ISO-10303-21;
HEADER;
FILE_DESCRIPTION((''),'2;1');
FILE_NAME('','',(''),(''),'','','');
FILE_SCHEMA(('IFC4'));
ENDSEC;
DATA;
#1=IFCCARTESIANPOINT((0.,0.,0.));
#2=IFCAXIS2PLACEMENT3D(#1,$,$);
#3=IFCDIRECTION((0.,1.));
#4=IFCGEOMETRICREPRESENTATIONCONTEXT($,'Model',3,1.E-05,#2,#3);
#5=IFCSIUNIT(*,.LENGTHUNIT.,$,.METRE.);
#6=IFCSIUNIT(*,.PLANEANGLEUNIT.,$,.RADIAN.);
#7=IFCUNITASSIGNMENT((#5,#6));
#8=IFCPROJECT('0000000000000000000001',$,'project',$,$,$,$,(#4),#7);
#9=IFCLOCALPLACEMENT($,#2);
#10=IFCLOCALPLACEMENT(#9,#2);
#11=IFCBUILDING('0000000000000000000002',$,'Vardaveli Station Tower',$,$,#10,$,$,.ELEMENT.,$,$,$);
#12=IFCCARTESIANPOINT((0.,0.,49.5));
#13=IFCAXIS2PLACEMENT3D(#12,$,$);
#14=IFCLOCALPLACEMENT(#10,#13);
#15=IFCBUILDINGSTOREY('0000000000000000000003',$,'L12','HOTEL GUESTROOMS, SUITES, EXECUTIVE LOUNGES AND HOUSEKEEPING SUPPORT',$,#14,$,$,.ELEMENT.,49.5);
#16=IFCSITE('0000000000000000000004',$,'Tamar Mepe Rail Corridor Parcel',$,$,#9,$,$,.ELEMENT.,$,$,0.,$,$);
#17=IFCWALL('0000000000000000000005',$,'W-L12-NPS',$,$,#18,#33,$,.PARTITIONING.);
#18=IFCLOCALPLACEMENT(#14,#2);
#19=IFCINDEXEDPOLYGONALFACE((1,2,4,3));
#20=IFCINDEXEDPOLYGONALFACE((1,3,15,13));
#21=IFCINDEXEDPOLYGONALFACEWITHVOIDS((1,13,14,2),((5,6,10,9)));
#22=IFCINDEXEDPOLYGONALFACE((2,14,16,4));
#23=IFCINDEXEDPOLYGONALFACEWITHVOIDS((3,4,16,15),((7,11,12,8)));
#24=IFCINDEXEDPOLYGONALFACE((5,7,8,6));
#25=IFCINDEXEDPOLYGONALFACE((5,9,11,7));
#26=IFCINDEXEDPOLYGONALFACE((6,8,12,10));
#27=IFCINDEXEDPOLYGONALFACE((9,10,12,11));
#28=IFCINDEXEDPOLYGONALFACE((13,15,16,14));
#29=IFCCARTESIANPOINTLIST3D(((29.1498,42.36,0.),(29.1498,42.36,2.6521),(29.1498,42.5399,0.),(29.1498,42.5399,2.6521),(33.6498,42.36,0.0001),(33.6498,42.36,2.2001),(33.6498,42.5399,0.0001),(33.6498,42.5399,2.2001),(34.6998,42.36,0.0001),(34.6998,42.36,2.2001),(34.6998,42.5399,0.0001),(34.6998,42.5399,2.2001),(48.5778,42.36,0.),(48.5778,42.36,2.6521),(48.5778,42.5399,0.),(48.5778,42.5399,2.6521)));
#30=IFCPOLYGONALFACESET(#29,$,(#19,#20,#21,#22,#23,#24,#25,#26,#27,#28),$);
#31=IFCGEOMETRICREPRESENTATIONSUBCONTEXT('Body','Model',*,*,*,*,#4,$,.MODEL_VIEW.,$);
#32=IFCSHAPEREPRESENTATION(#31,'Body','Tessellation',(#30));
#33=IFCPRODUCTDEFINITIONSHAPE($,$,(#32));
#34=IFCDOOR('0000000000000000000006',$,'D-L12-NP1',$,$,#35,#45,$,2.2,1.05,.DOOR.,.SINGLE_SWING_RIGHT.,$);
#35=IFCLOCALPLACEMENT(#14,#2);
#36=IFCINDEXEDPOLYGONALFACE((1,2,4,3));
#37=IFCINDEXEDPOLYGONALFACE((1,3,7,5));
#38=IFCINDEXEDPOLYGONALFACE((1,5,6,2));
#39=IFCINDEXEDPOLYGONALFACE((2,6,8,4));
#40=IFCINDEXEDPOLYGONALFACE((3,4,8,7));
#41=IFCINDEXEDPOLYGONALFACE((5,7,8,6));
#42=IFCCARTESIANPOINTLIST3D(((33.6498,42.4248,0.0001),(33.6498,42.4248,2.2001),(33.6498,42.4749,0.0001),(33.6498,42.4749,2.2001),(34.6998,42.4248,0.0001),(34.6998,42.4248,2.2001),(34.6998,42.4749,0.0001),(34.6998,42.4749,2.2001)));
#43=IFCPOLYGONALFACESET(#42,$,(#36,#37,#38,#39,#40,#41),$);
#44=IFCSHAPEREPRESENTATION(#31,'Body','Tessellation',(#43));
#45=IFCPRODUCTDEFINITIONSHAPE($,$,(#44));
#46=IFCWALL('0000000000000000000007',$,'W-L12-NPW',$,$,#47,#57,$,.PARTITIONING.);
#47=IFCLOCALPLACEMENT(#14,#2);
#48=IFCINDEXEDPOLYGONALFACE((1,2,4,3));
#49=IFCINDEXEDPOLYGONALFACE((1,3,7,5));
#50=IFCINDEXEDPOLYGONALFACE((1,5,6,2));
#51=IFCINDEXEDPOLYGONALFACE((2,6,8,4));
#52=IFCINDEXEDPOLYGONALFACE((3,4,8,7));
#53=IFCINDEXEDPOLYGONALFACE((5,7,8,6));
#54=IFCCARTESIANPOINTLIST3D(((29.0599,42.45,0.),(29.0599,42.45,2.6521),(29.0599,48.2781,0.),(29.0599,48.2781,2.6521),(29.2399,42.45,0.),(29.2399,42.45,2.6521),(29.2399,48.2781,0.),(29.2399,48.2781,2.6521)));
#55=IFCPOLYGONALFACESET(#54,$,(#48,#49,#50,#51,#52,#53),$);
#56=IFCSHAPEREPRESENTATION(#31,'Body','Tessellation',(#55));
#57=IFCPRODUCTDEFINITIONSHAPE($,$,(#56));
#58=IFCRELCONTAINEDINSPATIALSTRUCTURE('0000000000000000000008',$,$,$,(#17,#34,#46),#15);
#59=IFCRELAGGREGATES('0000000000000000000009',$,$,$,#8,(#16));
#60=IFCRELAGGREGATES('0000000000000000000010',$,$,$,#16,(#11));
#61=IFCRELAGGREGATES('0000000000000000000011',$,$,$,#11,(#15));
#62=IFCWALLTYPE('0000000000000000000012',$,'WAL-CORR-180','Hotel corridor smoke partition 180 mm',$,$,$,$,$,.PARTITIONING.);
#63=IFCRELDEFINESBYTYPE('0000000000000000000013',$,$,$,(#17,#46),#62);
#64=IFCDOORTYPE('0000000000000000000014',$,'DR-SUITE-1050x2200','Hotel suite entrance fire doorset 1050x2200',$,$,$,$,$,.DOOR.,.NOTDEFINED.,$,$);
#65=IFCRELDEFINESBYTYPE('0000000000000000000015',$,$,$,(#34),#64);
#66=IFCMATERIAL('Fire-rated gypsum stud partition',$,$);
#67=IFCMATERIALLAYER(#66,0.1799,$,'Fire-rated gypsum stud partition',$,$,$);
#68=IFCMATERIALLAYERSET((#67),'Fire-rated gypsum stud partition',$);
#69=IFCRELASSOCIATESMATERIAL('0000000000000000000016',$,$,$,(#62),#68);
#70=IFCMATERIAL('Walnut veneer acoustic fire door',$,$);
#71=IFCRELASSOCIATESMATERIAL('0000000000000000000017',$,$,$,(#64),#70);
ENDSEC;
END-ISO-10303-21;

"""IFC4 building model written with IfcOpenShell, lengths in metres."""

from ifc_helpers import new_model, si_unit, direction, frame, frame_2d, origin, place, context, subcontext, project, spatial, rectangle, extrude, source, transform, mapped, material, layer, layer_set, type_object, element, fill, save


model = new_model("IFC4")

# Units and contexts
model_context = context("Model", 3, precision=1e-05, world=origin(), true_north=direction((0.0, 1.0)))
body_context = subcontext(model_context, "Body", "Model", "MODEL_VIEW")
ifc_project = project(units=[si_unit("LENGTHUNIT", "METRE"), si_unit("PLANEANGLEUNIT", "RADIAN")], contexts=[model_context])

# Site, building, storey
site_placement = place(None, origin())
site = spatial("IfcSite", under=ifc_project, at=site_placement, Name="Tamar Mepe Rail Corridor Parcel", CompositionType="ELEMENT", RefElevation=0.0)
building_placement = place(site_placement, origin())
building = spatial("IfcBuilding", under=site, at=building_placement, Name="Vardaveli Station Tower", CompositionType="ELEMENT")
storey_placement = place(building_placement, frame((0.0, 0.0, 49.5)))
storey = spatial("IfcBuildingStorey", under=building, at=storey_placement, Name="L12", Description="HOTEL GUESTROOMS, SUITES, EXECUTIVE LOUNGES AND HOUSEKEEPING SUPPORT", CompositionType="ELEMENT", Elevation=49.5)

# Wall, opening, door
ifc_material_1 = material(Name="Fire-rated gypsum stud partition")
ifc_layer_1 = layer(ifc_material_1, 0.1799, Name="Fire-rated gypsum stud partition")
ifc_layer_set_1 = layer_set([ifc_layer_1], Name="Fire-rated gypsum stud partition")
wall_type_1 = type_object("IfcWallType", Name="WAL-CORR-180", Description="Hotel corridor smoke partition 180 mm", PredefinedType="PARTITIONING", material=ifc_layer_set_1)
shared_shape_1 = source(origin(), body_context, "Body", "SweptSolid", [
    extrude(rectangle(XDim=19.428, YDim=0.1799, at=frame_2d((9.7139, 0.0))), origin(), (0.0, 0.0, 1.0), 2.6521),
])
wall_1_placement = place(storey_placement, frame((29.1499, 42.45, 0.0), z_axis=(0.0, 0.0, 1.0), x_axis=(1.0, 0.0, 0.0)))
wall_1 = element("IfcWall", 1, at=wall_1_placement, inside=storey, type_object=wall_type_1, Name="W-L12-NPS", PredefinedType="PARTITIONING", context=body_context, shape_type="MappedRepresentation", body=[
    mapped(shared_shape_1, transform((0.0, 0.0, 0.0), scale=1.0)),
])
shared_shape_2 = source(origin(), body_context, "Body", "SweptSolid", [
    extrude(rectangle(XDim=1.05, YDim=2.2, at=frame_2d((0.5249, 1.1001))), frame((0.0, 0.1001, 0.0), z_axis=(0.0, -1.0, 0.0), x_axis=(1.0, 0.0, 0.0)), (0.0, 0.0, 1.0), 0.2),
])
opening_1_placement = place(wall_1_placement, frame((4.5, 0.0, 0.0)))
opening_1 = element("IfcOpeningElement", 2, at=opening_1_placement, cuts=wall_1, PredefinedType="OPENING", context=body_context, shape_type="MappedRepresentation", body=[
    mapped(shared_shape_2, transform((0.0, 0.0, 0.0), scale=1.0)),
])
ifc_material_2 = material(Name="Walnut veneer acoustic fire door")
door_type = type_object("IfcDoorType", Name="DR-SUITE-1050x2200", Description="Hotel suite entrance fire doorset 1050x2200", OperationType="NOTDEFINED", PredefinedType="DOOR", material=ifc_material_2)
shared_shape_3 = source(origin(), body_context, "Body", "SweptSolid", [
    extrude(rectangle(XDim=1.05, YDim=2.2, at=frame_2d((0.5249, 1.1001))), frame((0.0, 0.0249, 0.0), z_axis=(0.0, -1.0, 0.0), x_axis=(1.0, 0.0, 0.0)), (0.0, 0.0, 1.0), 0.05),
])
door_placement = place(opening_1_placement, origin())
door = element("IfcDoor", 3, at=door_placement, inside=storey, type_object=door_type, Name="D-L12-NP1", OperationType="SINGLE_SWING_RIGHT", OverallHeight=2.2, OverallWidth=1.05, PredefinedType="DOOR", context=body_context, shape_type="MappedRepresentation", body=[
    mapped(shared_shape_3, transform((0.0, 0.0, 0.0), scale=1.0)),
])
fill(opening_1, door)

# Wall
shared_shape_4 = source(origin(), body_context, "Body", "SweptSolid", [
    extrude(rectangle(XDim=5.8281, YDim=0.1799, at=frame_2d((2.9141, 0.0))), origin(), (0.0, 0.0, 1.0), 2.6521),
])
wall_2_placement = place(storey_placement, frame((29.1499, 42.45, 0.0), z_axis=(0.0, 0.0, 1.0), x_axis=(0.0, 1.0, 0.0)))
element("IfcWall", 4, at=wall_2_placement, inside=storey, type_object=wall_type_1, Name="W-L12-NPW", PredefinedType="PARTITIONING", context=body_context, shape_type="MappedRepresentation", body=[
    mapped(shared_shape_4, transform((0.0, 0.0, 0.0), scale=1.0)),
])

save(model, "model.ifc")
